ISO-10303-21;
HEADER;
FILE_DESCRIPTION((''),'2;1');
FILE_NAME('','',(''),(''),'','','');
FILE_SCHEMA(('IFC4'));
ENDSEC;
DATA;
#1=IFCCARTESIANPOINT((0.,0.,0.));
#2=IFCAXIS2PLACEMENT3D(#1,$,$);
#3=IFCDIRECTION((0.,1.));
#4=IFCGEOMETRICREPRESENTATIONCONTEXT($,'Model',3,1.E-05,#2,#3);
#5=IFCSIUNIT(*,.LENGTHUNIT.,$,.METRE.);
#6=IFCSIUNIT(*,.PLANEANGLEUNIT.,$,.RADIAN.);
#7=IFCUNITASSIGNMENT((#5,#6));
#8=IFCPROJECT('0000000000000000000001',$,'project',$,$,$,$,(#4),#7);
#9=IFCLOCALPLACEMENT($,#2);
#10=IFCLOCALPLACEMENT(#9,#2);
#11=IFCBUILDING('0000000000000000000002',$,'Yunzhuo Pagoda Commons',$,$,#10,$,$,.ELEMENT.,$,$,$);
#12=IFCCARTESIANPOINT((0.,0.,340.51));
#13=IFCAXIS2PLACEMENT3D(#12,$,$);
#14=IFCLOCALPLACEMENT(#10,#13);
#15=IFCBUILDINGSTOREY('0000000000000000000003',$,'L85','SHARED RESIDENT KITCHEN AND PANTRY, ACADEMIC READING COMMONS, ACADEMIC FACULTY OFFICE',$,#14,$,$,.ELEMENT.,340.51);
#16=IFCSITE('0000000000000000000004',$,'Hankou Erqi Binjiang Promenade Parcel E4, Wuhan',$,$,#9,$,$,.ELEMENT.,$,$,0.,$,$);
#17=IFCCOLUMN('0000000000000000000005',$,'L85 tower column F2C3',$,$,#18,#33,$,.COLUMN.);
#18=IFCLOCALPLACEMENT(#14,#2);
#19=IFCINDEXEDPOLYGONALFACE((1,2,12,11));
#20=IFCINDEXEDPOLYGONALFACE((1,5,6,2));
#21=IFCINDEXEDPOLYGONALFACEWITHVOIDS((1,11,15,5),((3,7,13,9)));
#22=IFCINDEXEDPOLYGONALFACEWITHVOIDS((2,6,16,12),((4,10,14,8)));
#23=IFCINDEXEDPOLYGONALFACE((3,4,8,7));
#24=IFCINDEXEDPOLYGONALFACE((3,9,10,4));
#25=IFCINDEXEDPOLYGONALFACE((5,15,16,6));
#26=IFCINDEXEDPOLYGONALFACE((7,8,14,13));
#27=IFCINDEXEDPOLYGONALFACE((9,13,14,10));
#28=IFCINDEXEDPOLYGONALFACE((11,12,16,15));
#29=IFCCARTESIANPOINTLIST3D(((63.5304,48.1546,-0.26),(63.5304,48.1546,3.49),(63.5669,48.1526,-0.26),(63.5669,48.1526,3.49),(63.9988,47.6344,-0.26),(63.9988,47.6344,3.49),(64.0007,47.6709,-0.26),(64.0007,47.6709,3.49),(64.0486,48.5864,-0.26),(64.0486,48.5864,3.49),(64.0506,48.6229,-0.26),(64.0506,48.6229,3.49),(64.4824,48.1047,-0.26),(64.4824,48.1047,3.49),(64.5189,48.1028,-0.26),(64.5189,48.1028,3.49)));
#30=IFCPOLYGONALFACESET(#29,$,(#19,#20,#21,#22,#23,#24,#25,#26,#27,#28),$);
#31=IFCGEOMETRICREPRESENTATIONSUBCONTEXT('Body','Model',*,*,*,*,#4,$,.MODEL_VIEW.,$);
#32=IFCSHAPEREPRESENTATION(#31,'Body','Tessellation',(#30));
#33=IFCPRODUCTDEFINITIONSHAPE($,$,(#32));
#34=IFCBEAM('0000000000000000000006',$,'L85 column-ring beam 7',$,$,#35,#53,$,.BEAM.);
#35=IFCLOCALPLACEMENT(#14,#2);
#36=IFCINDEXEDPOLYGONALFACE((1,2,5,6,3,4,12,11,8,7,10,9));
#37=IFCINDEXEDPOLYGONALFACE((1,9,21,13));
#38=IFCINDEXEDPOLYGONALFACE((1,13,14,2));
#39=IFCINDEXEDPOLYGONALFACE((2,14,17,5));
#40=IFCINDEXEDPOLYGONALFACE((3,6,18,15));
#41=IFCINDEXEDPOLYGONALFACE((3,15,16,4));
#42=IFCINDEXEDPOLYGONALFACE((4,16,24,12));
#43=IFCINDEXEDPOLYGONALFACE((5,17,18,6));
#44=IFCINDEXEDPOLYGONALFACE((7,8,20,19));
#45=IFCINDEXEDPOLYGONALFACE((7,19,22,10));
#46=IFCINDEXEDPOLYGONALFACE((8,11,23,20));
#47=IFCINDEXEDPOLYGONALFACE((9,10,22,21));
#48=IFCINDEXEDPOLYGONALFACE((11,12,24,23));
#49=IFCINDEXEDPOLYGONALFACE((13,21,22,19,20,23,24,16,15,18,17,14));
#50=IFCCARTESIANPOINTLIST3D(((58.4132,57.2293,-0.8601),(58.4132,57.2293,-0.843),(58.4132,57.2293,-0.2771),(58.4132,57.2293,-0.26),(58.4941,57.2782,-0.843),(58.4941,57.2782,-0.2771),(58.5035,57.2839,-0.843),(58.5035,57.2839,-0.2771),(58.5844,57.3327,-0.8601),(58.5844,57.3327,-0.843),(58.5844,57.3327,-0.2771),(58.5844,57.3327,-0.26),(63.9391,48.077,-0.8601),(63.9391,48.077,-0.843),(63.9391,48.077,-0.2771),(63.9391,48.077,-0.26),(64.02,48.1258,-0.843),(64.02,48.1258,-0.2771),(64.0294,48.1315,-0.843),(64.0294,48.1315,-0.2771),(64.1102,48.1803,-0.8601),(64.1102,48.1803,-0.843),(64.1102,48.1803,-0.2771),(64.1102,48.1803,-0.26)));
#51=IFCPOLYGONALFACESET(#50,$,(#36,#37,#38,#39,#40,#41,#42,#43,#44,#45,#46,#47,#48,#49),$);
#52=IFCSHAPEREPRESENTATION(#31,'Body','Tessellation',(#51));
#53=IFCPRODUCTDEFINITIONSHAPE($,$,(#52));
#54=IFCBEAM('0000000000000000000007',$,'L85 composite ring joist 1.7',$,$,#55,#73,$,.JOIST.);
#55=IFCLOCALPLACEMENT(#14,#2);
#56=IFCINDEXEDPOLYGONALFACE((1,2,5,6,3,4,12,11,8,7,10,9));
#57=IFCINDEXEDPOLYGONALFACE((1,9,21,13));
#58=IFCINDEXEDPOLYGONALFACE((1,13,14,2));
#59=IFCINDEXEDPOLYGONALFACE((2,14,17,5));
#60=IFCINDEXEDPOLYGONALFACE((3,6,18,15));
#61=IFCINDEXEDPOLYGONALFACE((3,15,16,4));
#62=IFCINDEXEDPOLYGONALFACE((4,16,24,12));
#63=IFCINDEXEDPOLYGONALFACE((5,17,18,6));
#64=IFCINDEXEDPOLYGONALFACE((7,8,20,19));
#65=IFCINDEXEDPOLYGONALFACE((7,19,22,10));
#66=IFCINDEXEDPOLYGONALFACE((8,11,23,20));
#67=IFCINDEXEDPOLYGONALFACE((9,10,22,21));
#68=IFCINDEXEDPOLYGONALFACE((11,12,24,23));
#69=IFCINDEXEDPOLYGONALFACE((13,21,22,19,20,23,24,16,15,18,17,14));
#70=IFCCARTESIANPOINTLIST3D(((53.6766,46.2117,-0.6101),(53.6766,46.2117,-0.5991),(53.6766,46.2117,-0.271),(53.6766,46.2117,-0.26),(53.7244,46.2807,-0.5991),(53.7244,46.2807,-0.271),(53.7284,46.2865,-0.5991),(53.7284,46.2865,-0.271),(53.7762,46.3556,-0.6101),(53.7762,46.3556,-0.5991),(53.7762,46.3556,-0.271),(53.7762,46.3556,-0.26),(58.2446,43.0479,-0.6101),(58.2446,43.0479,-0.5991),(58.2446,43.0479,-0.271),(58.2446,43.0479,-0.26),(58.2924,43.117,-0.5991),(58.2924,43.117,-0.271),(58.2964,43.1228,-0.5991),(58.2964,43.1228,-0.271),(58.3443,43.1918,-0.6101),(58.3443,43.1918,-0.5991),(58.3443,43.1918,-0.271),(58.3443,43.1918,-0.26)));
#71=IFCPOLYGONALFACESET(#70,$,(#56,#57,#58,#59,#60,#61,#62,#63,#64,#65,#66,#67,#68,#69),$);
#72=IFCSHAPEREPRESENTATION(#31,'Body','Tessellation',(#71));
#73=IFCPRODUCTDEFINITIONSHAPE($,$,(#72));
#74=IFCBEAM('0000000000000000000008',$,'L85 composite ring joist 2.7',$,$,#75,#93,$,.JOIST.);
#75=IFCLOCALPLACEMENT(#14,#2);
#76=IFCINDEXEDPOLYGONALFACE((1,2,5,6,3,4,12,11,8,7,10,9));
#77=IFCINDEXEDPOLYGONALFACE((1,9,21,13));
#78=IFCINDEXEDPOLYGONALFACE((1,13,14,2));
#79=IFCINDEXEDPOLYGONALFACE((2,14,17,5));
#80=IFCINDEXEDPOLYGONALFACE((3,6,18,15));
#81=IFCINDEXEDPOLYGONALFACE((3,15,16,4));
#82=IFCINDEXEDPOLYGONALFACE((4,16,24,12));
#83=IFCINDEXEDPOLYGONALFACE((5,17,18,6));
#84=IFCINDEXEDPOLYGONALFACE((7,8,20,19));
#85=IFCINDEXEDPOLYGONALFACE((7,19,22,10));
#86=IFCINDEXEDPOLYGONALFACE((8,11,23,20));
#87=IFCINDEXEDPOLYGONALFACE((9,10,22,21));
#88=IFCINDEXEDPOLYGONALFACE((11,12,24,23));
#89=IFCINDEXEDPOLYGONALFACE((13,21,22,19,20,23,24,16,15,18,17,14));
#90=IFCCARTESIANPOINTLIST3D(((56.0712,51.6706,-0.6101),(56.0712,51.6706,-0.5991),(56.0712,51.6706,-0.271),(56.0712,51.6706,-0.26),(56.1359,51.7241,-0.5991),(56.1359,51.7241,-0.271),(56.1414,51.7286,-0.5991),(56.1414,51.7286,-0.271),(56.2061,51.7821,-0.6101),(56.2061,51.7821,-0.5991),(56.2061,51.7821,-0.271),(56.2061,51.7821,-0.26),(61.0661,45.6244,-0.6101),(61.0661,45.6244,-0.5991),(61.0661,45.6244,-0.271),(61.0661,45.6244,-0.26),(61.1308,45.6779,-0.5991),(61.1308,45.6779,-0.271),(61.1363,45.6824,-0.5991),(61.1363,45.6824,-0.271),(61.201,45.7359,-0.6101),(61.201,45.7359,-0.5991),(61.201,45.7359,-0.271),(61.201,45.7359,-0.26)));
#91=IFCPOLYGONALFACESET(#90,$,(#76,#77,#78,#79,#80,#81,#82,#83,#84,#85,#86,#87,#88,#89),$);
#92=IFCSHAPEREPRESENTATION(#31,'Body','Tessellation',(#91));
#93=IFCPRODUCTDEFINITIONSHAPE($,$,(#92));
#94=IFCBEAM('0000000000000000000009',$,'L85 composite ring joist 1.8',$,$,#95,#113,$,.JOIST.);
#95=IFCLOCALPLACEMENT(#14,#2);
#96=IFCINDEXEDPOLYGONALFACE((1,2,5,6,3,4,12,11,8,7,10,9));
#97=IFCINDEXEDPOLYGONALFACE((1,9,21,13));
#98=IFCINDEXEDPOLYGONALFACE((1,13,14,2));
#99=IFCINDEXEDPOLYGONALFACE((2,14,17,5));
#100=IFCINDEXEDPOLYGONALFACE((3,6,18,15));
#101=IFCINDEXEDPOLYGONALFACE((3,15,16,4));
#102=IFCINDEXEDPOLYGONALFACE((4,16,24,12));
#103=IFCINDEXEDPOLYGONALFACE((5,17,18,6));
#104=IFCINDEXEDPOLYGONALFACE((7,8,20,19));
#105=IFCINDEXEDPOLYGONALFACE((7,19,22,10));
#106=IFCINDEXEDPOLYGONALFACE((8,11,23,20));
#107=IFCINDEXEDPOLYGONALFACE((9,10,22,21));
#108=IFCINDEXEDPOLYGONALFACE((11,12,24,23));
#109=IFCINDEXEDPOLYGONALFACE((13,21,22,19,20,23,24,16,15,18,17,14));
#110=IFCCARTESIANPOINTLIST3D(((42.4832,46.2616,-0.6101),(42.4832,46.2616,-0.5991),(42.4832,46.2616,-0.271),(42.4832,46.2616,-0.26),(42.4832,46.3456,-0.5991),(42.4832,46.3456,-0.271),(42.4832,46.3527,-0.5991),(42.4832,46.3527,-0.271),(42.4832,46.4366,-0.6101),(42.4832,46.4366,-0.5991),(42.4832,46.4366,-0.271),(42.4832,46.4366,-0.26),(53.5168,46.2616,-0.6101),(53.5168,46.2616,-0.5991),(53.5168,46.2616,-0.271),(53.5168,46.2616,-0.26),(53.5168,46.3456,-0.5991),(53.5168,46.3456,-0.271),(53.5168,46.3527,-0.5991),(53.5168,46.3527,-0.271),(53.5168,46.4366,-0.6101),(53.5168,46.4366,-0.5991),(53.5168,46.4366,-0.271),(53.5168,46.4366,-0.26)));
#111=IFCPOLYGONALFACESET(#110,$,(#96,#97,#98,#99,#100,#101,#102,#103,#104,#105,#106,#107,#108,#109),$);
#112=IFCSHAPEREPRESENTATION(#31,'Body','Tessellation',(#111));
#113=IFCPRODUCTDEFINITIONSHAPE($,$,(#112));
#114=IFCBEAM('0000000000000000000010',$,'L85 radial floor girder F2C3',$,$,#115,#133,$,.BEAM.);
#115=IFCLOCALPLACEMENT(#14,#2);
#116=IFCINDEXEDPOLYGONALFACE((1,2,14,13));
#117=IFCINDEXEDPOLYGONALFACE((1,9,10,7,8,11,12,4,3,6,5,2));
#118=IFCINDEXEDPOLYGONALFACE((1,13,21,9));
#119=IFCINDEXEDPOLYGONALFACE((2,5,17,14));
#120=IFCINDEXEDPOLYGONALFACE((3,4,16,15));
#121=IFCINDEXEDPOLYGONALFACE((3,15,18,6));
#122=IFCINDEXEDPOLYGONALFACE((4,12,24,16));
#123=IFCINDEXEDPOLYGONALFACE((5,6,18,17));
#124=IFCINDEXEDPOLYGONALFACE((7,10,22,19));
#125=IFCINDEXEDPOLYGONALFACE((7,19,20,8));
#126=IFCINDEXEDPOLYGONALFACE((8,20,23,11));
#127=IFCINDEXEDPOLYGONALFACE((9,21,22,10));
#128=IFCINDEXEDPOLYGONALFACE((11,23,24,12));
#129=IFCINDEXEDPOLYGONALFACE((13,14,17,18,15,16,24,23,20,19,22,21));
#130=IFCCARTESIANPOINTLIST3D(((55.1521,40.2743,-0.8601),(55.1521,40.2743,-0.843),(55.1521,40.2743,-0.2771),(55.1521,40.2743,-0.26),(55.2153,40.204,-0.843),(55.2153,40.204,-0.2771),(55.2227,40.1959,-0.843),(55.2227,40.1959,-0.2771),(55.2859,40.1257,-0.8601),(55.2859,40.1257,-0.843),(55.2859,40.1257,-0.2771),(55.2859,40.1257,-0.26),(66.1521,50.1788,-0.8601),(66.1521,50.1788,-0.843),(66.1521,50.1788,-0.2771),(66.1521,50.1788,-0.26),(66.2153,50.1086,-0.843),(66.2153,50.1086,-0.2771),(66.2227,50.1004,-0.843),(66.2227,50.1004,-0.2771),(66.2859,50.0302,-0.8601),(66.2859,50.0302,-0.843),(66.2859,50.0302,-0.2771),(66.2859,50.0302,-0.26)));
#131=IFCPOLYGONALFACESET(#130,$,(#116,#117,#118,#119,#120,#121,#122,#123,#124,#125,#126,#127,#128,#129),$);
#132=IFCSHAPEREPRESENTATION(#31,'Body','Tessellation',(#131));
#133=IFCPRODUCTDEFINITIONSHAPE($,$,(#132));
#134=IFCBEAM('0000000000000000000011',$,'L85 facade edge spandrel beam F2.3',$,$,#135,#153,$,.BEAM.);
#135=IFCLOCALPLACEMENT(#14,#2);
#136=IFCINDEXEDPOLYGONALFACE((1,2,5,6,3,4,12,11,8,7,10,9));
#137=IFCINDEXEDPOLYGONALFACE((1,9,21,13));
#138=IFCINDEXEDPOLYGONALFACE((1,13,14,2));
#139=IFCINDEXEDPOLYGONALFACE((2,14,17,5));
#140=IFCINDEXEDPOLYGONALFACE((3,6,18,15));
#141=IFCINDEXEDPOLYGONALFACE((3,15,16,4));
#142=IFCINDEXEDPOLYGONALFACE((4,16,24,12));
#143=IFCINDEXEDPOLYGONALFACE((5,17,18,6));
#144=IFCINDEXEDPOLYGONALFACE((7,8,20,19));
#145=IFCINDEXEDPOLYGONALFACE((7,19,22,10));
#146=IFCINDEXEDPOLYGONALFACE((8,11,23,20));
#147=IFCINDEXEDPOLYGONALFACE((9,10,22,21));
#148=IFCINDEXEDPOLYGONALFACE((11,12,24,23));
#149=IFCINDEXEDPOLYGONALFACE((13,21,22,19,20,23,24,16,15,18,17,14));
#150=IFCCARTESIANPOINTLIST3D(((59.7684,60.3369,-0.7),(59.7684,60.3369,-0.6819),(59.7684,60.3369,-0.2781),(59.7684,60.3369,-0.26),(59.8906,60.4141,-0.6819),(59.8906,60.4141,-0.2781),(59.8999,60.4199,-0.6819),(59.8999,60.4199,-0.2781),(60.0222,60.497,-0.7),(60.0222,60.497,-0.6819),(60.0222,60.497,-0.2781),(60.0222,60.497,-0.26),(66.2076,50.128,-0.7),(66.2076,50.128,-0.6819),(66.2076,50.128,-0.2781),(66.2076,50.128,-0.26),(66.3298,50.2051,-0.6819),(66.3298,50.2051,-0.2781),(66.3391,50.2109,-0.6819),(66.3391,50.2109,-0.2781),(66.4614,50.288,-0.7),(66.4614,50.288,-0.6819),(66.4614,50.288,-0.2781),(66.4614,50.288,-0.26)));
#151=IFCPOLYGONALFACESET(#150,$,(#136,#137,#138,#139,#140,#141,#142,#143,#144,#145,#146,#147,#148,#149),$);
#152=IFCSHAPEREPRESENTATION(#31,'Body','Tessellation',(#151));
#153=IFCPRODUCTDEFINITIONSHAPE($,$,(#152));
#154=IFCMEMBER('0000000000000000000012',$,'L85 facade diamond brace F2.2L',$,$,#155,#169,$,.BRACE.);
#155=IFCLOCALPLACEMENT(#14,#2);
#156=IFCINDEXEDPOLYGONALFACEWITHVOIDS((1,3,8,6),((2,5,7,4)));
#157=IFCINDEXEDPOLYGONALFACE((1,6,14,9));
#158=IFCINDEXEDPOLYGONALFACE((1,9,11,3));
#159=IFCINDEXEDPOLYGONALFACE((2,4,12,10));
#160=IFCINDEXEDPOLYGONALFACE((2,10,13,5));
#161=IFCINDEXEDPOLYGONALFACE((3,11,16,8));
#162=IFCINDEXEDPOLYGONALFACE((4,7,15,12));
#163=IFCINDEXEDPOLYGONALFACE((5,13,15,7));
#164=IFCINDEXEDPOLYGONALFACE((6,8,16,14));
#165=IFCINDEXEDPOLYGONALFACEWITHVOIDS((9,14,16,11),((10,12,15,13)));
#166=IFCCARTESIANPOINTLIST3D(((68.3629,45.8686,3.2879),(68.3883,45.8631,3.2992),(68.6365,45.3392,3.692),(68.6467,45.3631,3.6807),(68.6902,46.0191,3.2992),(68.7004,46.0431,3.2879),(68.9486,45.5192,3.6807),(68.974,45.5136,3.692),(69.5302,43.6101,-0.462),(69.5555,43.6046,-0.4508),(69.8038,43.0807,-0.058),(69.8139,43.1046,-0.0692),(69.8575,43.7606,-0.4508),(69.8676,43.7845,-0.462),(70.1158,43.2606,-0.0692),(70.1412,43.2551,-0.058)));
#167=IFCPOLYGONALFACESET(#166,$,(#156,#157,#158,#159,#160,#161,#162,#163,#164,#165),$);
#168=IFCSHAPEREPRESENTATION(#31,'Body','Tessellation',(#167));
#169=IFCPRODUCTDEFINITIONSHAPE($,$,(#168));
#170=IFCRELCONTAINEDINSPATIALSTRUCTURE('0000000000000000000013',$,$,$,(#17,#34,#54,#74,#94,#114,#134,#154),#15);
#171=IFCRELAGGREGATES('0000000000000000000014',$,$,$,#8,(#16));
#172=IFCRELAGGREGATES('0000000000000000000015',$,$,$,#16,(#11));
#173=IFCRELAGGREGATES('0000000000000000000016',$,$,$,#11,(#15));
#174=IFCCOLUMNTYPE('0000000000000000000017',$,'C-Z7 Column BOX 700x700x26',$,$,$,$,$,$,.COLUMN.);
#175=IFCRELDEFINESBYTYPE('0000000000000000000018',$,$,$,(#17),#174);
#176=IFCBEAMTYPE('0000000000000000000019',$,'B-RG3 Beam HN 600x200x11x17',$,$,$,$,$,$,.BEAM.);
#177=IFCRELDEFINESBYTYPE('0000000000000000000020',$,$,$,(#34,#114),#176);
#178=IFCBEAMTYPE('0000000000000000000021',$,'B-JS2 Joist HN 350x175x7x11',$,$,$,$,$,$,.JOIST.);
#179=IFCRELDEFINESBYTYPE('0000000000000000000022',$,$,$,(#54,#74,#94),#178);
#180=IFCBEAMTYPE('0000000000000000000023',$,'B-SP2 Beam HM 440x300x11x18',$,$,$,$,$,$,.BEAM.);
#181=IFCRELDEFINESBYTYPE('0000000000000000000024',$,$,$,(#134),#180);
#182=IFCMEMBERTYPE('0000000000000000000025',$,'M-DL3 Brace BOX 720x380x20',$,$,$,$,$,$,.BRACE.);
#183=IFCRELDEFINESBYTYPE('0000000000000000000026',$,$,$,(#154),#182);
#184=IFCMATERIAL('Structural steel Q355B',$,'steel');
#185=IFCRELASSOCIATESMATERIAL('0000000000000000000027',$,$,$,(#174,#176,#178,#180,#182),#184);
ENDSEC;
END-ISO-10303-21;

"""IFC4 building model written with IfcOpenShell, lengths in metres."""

from ifc_helpers import new_model, si_unit, direction, frame, origin, origin_2d, place, context, subcontext, project, spatial, hollow_rectangle, i_section, extrude, source, transform, mapped, material, material_profile, profile_set, type_object, element, save


model = new_model("IFC4")

# Units and contexts
model_context = context("Model", 3, precision=1e-05, world=origin(), true_north=direction((0.0, 1.0)))
body_context = subcontext(model_context, "Body", "Model", "MODEL_VIEW")
ifc_project = project(units=[si_unit("LENGTHUNIT", "METRE"), si_unit("PLANEANGLEUNIT", "RADIAN")], contexts=[model_context])

# Site, building, storey
site_placement = place(None, origin())
site = spatial("IfcSite", under=ifc_project, at=site_placement, Name="Hankou Erqi Binjiang Promenade Parcel E4, Wuhan", CompositionType="ELEMENT", RefElevation=0.0)
building_placement = place(site_placement, origin())
building = spatial("IfcBuilding", under=site, at=building_placement, Name="Yunzhuo Pagoda Commons", CompositionType="ELEMENT")
storey_placement = place(building_placement, frame((0.0, 0.0, 340.51)))
storey = spatial("IfcBuildingStorey", under=building, at=storey_placement, Name="L85", Description="SHARED RESIDENT KITCHEN AND PANTRY, ACADEMIC READING COMMONS, ACADEMIC FACULTY OFFICE", CompositionType="ELEMENT", Elevation=340.51)

# Column
ifc_material_1 = material(Name="Structural steel Q355B", Category="steel")
ifc_material_profile_1 = material_profile(ifc_material_1, hollow_rectangle(XDim=0.7, YDim=0.7, WallThickness=0.0259, at=origin_2d()), Name="Structural steel Q355B")
ifc_profile_set_1 = profile_set([ifc_material_profile_1], Name="Structural steel Q355B")
column_type = type_object("IfcColumnType", Name="C-Z7 Column BOX 700x700x26", PredefinedType="COLUMN", material=ifc_profile_set_1)
shared_shape_1 = source(origin(), body_context, "Body", "SweptSolid", [
    extrude(hollow_rectangle(XDim=0.7, YDim=0.7, WallThickness=0.0259, at=origin_2d()), origin(), (0.0, 0.0, 1.0), 3.75),
])
column_placement = place(storey_placement, frame((64.0247, 48.1287, -0.26), z_axis=(0.0, 0.0, 1.0), x_axis=(-0.669131, 0.743145, 0.0)))
element("IfcColumn", 1, at=column_placement, inside=storey, type_object=column_type, Name="L85 tower column F2C3", PredefinedType="COLUMN", context=body_context, shape_type="MappedRepresentation", body=[
    mapped(shared_shape_1, transform((0.0, 0.0, 0.0), scale=1.0)),
])

# Beams
ifc_material_profile_2 = material_profile(ifc_material_1, i_section(OverallWidth=0.2, OverallDepth=0.6001, WebThickness=0.011, FlangeThickness=0.0171, at=origin_2d()), Name="Structural steel Q355B")
ifc_profile_set_2 = profile_set([ifc_material_profile_2], Name="Structural steel Q355B")
beam_type_1 = type_object("IfcBeamType", Name="B-RG3 Beam HN 600x200x11x17", PredefinedType="BEAM", material=ifc_profile_set_2)
shared_shape_2 = source(origin(), body_context, "Body", "SweptSolid", [
    extrude(i_section(OverallWidth=0.2, OverallDepth=0.6001, WebThickness=0.011, FlangeThickness=0.0171, at=origin_2d()), origin(), (0.0, 0.0, 1.0), 10.6912),
])
beam_1_placement = place(storey_placement, frame((64.0247, 48.1287, -0.5601), z_axis=(-0.516865, 0.856067, 0.0), x_axis=(-0.856067, -0.516865, 0.0)))
element("IfcBeam", 2, at=beam_1_placement, inside=storey, type_object=beam_type_1, Name="L85 column-ring beam 7", PredefinedType="BEAM", context=body_context, shape_type="MappedRepresentation", body=[
    mapped(shared_shape_2, transform((0.0, 0.0, 0.0), scale=1.0)),
])
ifc_material_profile_3 = material_profile(ifc_material_1, i_section(OverallWidth=0.175, OverallDepth=0.3501, WebThickness=0.0071, FlangeThickness=0.011, at=origin_2d()), Name="Structural steel Q355B")
ifc_profile_set_3 = profile_set([ifc_material_profile_3], Name="Structural steel Q355B")
beam_type_2 = type_object("IfcBeamType", Name="B-JS2 Joist HN 350x175x7x11", PredefinedType="JOIST", material=ifc_profile_set_3)
shared_shape_3 = source(origin(), body_context, "Body", "SweptSolid", [
    extrude(i_section(OverallWidth=0.175, OverallDepth=0.3501, WebThickness=0.0071, FlangeThickness=0.011, at=origin_2d()), origin(), (0.0, 0.0, 1.0), 5.5566),
])
beam_2_placement = place(storey_placement, frame((58.2944, 43.1199, -0.4351), z_axis=(-0.822085, 0.569365, 0.0), x_axis=(-0.569365, -0.822085, 0.0)))
element("IfcBeam", 3, at=beam_2_placement, inside=storey, type_object=beam_type_2, Name="L85 composite ring joist 1.7", PredefinedType="JOIST", context=body_context, shape_type="MappedRepresentation", body=[
    mapped(shared_shape_3, transform((0.0, 0.0, 0.0), scale=1.0)),
])
shared_shape_4 = source(origin(), body_context, "Body", "SweptSolid", [
    extrude(i_section(OverallWidth=0.175, OverallDepth=0.3501, WebThickness=0.0071, FlangeThickness=0.011, at=origin_2d()), origin(), (0.0, 0.0, 1.0), 7.8425),
])
beam_3_placement = place(storey_placement, frame((61.1335, 45.6802, -0.4351), z_axis=(-0.636899, 0.770947, 0.0), x_axis=(-0.770947, -0.636899, 0.0)))
element("IfcBeam", 4, at=beam_3_placement, inside=storey, type_object=beam_type_2, Name="L85 composite ring joist 2.7", PredefinedType="JOIST", context=body_context, shape_type="MappedRepresentation", body=[
    mapped(shared_shape_4, transform((0.0, 0.0, 0.0), scale=1.0)),
])
shared_shape_5 = source(origin(), body_context, "Body", "SweptSolid", [
    extrude(i_section(OverallWidth=0.175, OverallDepth=0.3501, WebThickness=0.0071, FlangeThickness=0.011, at=origin_2d()), origin(), (0.0, 0.0, 1.0), 11.0337),
])
beam_4_placement = place(storey_placement, frame((53.5168, 46.3491, -0.4351), z_axis=(-1.0, 0.0, 0.0), x_axis=(0.0, -1.0, 0.0)))
element("IfcBeam", 5, at=beam_4_placement, inside=storey, type_object=beam_type_2, Name="L85 composite ring joist 1.8", PredefinedType="JOIST", context=body_context, shape_type="MappedRepresentation", body=[
    mapped(shared_shape_5, transform((0.0, 0.0, 0.0), scale=1.0)),
])
shared_shape_6 = source(origin(), body_context, "Body", "SweptSolid", [
    extrude(i_section(OverallWidth=0.2, OverallDepth=0.6001, WebThickness=0.011, FlangeThickness=0.0171, at=origin_2d()), origin(), (0.0, 0.0, 1.0), 14.802),
])
beam_5_placement = place(storey_placement, frame((66.219, 50.1045, -0.5601), z_axis=(-0.743142, -0.669134, 0.0), x_axis=(0.669134, -0.743142, 0.0)))
element("IfcBeam", 6, at=beam_5_placement, inside=storey, type_object=beam_type_1, Name="L85 radial floor girder F2C3", PredefinedType="BEAM", context=body_context, shape_type="MappedRepresentation", body=[
    mapped(shared_shape_6, transform((0.0, 0.0, 0.0), scale=1.0)),
])
ifc_material_profile_4 = material_profile(ifc_material_1, i_section(OverallWidth=0.3, OverallDepth=0.4399, WebThickness=0.011, FlangeThickness=0.0181, at=origin_2d()), Name="Structural steel Q355B")
ifc_profile_set_4 = profile_set([ifc_material_profile_4], Name="Structural steel Q355B")
beam_type_3 = type_object("IfcBeamType", Name="B-SP2 Beam HM 440x300x11x18", PredefinedType="BEAM", material=ifc_profile_set_4)
shared_shape_7 = source(origin(), body_context, "Body", "SweptSolid", [
    extrude(i_section(OverallWidth=0.3, OverallDepth=0.4399, WebThickness=0.011, FlangeThickness=0.0181, at=origin_2d()), origin(), (0.0, 0.0, 1.0), 12.0701),
])
beam_6_placement = place(storey_placement, frame((66.3345, 50.208, -0.48), z_axis=(-0.533485, 0.845809, 0.0), x_axis=(-0.845809, -0.533485, 0.0)))
element("IfcBeam", 7, at=beam_6_placement, inside=storey, type_object=beam_type_3, Name="L85 facade edge spandrel beam F2.3", PredefinedType="BEAM", context=body_context, shape_type="MappedRepresentation", body=[
    mapped(shared_shape_7, transform((0.0, 0.0, 0.0), scale=1.0)),
])

# Member
ifc_material_profile_5 = material_profile(ifc_material_1, hollow_rectangle(XDim=0.3799, YDim=0.72, WallThickness=0.02, at=origin_2d()), Name="Structural steel Q355B")
ifc_profile_set_5 = profile_set([ifc_material_profile_5], Name="Structural steel Q355B")
member_type_1 = type_object("IfcMemberType", Name="M-DL3 Brace BOX 720x380x20", PredefinedType="BRACE", material=ifc_profile_set_5)
shared_shape_8 = source(origin(), body_context, "Body", "SweptSolid", [
    extrude(hollow_rectangle(XDim=0.3799, YDim=0.72, WallThickness=0.02, at=origin_2d()), origin(), (0.0, 0.0, 1.0), 4.5305),
])
for number, where, z_axis, x_axis, name in (
    (8, (69.8357, 43.4326, -0.26), (-0.257636, 0.498514, 0.827712), (-0.888374, -0.45912, 0.0), "L85 facade diamond brace F2.2L"),
):
    element("IfcMember", number, at=place(storey_placement, frame(where, z_axis=z_axis, x_axis=x_axis)), inside=storey, type_object=member_type_1, Name=name, PredefinedType="BRACE", context=body_context, shape_type="MappedRepresentation", body=[
        mapped(shared_shape_8, transform((0.0, 0.0, 0.0), scale=1.0)),
    ])

save(model, "model.ifc")
